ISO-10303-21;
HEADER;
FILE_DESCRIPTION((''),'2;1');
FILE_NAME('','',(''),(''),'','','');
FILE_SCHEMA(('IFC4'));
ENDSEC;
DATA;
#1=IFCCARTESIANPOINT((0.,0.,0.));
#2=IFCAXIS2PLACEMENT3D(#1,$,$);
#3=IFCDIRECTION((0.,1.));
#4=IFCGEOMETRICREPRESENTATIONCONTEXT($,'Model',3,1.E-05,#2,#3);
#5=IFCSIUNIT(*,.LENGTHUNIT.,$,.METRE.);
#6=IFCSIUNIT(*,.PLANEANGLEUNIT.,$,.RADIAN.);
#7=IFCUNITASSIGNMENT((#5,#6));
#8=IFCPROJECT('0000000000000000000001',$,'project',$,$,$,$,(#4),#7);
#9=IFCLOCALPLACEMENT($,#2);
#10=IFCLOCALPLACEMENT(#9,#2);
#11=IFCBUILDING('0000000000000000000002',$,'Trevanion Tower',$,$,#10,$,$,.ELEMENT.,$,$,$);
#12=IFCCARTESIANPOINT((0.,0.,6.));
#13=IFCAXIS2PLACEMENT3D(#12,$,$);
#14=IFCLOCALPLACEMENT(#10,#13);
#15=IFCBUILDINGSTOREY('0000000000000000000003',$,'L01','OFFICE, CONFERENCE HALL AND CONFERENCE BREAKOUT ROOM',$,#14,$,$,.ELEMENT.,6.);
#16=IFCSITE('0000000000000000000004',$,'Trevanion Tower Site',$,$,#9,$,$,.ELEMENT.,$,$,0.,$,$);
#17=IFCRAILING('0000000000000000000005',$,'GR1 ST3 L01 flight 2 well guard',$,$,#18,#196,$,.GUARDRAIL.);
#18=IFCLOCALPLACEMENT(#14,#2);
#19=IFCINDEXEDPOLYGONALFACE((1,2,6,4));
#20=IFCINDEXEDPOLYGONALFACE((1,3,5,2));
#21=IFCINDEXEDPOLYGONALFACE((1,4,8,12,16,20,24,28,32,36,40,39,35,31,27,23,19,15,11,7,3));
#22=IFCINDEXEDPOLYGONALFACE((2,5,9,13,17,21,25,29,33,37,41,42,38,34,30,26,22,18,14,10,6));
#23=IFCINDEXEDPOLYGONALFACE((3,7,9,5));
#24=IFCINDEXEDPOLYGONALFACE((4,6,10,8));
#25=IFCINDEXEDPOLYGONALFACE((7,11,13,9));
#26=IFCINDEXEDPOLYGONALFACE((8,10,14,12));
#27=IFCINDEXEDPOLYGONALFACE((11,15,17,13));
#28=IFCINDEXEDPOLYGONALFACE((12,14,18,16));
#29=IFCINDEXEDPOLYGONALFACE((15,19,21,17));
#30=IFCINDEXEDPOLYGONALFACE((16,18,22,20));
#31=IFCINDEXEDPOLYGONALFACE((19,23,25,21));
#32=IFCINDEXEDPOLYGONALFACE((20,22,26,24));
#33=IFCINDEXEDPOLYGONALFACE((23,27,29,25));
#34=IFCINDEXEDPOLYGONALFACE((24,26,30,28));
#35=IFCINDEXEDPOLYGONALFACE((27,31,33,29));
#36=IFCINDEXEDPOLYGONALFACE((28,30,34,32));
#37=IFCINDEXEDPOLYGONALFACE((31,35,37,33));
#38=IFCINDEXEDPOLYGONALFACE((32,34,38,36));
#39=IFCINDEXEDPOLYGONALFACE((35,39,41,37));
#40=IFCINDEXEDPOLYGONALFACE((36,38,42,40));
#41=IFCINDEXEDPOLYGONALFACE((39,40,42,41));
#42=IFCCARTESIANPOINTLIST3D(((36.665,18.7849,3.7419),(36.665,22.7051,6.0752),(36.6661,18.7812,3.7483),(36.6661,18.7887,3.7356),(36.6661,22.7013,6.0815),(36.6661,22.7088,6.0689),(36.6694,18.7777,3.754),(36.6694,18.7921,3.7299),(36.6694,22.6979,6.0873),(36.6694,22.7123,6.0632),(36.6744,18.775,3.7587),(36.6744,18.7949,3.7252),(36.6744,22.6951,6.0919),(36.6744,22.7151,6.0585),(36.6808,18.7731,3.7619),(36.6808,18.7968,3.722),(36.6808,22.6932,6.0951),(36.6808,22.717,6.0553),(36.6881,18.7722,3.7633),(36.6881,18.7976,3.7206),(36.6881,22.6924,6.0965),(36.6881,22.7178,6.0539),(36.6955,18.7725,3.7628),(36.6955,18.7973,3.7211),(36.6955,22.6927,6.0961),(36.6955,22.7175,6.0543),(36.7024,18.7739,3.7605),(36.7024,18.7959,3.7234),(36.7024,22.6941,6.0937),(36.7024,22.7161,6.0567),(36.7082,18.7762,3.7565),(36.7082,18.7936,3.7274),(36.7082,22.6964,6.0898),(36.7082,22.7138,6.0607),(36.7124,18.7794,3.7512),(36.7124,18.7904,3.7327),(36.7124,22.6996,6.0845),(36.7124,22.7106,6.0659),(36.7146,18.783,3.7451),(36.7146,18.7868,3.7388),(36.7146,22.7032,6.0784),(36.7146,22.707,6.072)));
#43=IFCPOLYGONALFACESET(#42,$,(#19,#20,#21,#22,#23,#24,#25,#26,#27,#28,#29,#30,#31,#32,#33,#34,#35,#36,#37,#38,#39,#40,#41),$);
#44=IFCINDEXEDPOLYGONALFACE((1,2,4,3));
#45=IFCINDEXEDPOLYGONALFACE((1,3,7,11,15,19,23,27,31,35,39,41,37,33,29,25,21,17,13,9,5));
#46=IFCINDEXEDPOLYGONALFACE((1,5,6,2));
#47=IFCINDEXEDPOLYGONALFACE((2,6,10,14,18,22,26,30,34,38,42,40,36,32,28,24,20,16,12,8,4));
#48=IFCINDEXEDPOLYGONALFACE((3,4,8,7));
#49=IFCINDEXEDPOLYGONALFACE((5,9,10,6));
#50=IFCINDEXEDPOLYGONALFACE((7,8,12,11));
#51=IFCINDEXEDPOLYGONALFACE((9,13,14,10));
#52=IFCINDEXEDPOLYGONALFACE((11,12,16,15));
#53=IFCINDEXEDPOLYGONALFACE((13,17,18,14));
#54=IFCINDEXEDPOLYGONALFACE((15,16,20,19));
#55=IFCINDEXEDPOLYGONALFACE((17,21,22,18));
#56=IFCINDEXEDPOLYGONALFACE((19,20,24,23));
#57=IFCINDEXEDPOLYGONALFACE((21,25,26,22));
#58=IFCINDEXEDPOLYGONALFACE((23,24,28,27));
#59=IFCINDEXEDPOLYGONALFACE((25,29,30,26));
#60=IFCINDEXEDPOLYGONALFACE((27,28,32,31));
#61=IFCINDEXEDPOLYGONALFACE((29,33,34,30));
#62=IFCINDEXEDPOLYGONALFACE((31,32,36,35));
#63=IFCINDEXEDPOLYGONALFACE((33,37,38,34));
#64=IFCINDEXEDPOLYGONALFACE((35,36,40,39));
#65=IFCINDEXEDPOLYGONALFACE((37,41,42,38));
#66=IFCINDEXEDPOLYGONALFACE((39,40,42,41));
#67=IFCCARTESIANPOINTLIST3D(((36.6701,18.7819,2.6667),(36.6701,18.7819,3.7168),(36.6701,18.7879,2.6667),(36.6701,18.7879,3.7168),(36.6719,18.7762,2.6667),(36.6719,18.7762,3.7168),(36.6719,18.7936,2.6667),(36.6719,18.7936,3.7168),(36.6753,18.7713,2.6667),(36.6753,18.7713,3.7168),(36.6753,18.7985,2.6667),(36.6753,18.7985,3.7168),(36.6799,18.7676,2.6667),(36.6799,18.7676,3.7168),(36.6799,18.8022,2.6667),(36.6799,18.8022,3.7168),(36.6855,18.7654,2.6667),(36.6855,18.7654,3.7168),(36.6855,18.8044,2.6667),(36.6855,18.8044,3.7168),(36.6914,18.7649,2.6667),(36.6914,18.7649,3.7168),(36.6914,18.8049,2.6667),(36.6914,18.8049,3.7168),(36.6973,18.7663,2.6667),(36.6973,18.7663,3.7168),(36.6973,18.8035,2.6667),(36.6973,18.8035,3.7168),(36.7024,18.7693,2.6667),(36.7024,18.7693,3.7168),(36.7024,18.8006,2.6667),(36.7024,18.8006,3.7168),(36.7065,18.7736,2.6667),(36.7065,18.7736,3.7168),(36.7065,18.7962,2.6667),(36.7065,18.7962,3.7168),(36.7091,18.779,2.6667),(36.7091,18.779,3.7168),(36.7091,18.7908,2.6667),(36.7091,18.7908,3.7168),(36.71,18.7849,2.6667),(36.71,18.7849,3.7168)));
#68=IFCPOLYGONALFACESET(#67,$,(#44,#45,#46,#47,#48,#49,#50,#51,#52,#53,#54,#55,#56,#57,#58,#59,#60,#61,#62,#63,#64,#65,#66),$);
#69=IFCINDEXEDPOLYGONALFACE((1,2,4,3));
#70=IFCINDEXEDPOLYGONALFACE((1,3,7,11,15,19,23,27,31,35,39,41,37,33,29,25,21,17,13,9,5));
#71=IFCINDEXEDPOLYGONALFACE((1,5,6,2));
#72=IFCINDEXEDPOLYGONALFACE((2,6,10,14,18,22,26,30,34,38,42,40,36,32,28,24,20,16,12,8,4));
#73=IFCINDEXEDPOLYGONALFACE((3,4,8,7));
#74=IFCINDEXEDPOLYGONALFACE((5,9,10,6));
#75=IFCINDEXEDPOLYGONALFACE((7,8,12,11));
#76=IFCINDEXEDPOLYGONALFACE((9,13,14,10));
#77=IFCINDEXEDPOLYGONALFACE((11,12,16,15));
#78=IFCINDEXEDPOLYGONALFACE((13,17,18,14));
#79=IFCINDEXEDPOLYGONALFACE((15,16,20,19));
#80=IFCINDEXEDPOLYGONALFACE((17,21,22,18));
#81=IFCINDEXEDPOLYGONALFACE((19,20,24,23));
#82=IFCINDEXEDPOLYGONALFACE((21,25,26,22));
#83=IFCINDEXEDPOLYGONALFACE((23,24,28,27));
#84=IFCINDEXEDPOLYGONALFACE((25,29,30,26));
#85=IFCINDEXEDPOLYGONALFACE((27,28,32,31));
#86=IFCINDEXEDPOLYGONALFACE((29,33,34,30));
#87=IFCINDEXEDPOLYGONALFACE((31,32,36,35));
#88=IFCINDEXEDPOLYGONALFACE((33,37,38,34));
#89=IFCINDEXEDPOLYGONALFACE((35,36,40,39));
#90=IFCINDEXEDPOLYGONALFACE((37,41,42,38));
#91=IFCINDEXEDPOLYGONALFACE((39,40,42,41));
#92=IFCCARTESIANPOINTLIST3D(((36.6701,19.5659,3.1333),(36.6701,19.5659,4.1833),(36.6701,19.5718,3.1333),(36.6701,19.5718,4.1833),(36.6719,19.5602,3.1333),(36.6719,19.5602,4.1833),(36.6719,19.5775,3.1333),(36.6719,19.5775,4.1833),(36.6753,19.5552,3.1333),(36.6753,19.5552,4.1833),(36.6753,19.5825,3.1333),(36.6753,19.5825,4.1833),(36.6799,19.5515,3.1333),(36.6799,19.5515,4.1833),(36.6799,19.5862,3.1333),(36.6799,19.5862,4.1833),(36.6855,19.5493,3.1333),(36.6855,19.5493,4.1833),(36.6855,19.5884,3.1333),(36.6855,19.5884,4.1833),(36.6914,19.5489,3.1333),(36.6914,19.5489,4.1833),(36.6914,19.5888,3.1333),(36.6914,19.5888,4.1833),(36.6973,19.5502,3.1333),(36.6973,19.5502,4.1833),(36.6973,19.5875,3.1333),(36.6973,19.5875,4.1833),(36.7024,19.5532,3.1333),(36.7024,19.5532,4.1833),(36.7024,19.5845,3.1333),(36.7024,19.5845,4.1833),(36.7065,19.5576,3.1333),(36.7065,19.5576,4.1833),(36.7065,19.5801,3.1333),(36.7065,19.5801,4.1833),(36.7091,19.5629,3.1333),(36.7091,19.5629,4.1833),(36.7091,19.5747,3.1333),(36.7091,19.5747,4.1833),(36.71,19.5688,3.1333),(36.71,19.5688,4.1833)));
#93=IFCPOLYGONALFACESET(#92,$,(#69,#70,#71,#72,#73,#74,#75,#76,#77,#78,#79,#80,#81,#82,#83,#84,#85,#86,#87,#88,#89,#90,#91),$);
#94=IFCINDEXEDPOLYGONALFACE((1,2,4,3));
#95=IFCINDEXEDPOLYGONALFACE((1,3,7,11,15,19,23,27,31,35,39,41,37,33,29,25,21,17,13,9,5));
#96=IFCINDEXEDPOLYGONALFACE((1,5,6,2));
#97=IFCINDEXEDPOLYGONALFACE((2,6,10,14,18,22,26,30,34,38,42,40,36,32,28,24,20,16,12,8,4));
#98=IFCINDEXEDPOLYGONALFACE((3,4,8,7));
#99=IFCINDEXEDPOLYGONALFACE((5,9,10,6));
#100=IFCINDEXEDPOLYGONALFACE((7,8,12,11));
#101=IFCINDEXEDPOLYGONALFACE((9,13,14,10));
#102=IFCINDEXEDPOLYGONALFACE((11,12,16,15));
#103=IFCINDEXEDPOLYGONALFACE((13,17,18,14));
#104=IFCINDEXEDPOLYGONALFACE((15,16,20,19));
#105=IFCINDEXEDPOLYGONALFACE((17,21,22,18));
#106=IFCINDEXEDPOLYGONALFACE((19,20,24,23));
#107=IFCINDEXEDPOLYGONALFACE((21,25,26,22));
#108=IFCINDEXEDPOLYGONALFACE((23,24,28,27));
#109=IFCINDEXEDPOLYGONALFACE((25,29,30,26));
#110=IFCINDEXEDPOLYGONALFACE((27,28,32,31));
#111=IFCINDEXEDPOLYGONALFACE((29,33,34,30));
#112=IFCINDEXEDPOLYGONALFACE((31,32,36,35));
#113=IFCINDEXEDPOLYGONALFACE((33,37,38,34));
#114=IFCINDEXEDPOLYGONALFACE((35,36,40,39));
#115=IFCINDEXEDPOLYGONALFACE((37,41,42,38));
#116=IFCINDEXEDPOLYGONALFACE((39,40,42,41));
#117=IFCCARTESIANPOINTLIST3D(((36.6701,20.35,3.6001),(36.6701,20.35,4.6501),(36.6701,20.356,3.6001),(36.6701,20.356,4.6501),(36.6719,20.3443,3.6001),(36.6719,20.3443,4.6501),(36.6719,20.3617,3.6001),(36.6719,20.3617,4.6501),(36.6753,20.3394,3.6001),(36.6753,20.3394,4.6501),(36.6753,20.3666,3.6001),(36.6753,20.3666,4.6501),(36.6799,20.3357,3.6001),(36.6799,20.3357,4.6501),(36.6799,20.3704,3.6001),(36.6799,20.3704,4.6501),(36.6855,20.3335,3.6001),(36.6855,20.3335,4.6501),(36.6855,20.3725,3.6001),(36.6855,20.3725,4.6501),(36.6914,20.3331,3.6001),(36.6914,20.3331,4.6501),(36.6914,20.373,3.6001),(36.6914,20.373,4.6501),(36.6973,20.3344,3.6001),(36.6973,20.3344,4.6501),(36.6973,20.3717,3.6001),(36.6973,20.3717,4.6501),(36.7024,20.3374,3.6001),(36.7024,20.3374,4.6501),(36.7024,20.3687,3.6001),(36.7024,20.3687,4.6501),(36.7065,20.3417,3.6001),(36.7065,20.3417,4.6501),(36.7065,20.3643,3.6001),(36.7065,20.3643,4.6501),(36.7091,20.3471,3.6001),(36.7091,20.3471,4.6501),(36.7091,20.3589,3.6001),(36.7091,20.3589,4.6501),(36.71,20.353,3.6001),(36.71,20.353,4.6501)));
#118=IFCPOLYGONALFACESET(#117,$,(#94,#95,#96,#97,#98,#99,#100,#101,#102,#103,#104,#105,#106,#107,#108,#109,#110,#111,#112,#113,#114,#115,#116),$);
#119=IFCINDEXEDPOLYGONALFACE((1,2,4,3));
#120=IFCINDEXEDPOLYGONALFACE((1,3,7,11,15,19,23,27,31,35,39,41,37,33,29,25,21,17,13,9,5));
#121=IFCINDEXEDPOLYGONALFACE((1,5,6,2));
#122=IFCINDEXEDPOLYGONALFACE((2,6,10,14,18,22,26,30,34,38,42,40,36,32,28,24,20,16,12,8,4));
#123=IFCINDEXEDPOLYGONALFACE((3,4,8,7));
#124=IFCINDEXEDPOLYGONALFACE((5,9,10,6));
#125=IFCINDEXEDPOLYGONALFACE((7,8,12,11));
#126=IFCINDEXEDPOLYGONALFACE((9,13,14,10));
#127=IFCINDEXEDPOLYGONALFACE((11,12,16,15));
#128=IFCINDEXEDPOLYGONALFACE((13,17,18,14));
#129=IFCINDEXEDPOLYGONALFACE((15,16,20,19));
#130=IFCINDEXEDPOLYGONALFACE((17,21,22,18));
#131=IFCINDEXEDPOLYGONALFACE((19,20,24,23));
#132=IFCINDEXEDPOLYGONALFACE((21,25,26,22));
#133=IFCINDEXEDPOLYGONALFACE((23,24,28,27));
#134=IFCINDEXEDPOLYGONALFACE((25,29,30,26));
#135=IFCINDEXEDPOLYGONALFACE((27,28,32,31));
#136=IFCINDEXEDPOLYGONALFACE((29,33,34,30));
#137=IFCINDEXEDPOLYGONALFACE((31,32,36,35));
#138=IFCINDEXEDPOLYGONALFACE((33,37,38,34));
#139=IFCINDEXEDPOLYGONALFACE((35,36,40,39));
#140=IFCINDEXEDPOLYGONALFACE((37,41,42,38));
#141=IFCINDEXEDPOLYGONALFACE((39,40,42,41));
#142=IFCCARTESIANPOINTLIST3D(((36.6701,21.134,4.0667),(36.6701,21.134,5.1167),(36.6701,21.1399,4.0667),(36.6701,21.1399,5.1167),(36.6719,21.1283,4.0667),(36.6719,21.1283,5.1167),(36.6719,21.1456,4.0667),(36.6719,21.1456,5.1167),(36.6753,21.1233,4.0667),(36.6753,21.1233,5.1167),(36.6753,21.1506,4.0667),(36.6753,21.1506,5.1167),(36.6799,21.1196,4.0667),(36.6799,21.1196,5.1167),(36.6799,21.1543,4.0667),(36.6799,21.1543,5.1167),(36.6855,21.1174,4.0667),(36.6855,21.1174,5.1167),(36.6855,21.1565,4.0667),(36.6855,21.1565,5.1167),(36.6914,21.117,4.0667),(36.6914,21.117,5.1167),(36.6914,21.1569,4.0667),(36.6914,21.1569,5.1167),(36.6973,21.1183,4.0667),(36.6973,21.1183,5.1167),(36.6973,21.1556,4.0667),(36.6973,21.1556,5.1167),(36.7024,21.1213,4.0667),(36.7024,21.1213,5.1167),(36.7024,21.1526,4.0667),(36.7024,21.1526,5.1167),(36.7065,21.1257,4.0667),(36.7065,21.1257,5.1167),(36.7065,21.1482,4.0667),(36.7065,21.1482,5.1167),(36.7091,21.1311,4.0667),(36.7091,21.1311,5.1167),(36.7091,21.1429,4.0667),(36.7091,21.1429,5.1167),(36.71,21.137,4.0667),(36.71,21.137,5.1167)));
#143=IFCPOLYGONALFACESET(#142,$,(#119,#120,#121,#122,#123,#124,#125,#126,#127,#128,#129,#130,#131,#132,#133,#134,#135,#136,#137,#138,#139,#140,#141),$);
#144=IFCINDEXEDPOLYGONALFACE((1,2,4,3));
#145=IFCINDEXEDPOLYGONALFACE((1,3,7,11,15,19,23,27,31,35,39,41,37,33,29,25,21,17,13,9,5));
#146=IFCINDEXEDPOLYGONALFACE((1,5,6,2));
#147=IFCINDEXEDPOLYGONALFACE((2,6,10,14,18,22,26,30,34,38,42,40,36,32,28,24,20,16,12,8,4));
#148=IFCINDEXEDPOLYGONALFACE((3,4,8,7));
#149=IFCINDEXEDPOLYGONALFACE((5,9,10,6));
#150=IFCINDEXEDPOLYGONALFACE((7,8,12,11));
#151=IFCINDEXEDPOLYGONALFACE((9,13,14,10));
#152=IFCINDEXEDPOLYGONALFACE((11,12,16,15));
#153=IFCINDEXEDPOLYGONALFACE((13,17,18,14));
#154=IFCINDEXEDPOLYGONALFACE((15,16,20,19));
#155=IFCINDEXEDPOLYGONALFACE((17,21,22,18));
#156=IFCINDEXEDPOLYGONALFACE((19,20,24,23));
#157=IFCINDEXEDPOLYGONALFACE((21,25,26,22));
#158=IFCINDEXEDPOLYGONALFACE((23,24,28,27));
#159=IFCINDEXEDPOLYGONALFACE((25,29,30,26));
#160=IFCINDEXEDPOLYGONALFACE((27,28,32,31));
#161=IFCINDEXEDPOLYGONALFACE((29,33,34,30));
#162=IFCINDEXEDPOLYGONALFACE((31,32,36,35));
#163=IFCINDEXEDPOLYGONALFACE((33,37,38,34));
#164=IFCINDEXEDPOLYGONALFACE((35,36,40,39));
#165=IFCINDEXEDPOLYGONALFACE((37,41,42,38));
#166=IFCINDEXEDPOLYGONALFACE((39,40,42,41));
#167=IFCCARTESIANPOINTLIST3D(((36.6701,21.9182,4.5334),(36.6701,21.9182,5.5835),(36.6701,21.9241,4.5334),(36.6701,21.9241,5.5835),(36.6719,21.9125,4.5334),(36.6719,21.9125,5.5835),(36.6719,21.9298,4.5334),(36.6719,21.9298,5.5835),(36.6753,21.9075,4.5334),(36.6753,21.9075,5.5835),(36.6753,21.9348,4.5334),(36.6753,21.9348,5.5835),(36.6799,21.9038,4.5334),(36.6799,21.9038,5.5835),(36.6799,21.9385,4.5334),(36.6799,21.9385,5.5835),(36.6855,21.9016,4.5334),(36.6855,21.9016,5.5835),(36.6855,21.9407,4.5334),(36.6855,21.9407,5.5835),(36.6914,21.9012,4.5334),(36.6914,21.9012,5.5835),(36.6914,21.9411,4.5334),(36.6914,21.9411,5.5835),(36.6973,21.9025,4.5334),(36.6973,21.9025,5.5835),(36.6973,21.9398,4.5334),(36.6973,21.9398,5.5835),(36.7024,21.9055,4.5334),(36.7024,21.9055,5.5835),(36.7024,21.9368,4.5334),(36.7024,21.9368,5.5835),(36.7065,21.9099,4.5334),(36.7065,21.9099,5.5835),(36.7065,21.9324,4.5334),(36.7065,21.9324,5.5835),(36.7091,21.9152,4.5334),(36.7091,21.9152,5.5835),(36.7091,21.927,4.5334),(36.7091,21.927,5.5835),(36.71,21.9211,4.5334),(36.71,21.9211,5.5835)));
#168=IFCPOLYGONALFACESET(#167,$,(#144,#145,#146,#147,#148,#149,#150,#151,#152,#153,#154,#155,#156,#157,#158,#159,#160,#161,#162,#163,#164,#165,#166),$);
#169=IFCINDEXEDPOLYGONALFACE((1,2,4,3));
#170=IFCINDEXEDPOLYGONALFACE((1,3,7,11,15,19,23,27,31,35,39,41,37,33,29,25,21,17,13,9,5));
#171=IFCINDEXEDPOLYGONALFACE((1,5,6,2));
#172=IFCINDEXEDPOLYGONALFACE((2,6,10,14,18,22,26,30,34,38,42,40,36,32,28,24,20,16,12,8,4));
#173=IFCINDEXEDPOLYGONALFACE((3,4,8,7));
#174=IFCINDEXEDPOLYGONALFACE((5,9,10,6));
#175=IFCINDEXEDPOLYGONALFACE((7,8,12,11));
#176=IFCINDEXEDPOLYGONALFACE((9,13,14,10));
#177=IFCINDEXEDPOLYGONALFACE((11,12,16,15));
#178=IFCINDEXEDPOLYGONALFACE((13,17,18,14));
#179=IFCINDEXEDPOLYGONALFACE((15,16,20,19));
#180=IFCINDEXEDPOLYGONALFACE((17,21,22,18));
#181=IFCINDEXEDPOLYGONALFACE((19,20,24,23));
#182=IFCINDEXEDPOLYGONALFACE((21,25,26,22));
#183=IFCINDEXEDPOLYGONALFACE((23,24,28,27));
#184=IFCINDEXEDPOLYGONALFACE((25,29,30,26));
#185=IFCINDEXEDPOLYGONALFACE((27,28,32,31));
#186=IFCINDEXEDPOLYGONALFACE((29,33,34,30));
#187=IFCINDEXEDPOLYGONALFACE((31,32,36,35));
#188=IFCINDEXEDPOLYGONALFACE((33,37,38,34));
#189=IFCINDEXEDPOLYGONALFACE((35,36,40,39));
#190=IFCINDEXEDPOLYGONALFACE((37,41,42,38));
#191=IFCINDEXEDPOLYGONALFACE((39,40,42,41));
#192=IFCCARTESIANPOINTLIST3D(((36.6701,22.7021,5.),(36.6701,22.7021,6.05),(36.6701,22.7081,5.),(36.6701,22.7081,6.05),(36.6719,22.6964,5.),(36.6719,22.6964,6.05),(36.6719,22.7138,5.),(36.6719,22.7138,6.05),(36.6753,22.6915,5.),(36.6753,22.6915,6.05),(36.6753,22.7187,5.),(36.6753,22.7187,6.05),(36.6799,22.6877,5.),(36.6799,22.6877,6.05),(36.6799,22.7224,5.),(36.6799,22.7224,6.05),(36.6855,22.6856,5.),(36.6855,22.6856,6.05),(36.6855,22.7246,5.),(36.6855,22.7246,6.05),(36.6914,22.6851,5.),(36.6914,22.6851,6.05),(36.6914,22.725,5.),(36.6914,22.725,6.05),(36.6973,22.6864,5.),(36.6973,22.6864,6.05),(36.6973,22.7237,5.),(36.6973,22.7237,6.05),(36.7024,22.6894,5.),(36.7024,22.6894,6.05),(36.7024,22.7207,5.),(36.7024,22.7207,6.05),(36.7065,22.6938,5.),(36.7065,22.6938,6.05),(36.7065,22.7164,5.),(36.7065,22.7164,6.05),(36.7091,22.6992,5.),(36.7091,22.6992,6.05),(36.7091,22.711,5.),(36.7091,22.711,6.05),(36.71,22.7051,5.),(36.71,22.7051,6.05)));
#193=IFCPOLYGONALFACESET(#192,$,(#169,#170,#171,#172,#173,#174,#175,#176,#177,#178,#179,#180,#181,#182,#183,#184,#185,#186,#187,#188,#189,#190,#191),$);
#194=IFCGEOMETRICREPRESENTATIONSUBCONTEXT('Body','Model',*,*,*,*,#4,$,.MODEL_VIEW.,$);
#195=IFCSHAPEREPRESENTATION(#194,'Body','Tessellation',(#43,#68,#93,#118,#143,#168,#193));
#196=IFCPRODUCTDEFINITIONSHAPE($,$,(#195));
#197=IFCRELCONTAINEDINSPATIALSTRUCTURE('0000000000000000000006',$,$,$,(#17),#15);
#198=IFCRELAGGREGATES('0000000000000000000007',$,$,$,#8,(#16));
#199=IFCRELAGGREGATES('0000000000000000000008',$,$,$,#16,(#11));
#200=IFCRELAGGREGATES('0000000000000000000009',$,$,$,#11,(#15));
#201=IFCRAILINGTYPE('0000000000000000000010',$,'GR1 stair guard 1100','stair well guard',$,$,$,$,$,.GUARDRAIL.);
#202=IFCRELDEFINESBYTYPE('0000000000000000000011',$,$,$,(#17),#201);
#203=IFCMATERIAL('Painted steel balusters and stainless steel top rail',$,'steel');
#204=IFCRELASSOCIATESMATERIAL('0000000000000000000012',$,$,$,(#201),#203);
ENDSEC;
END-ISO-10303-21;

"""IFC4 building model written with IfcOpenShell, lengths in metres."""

from ifc_helpers import new_model, si_unit, direction, frame, origin, origin_2d, place, context, subcontext, project, spatial, circle, extrude, material, type_object, element, save


model = new_model("IFC4")

# Units and contexts
model_context = context("Model", 3, precision=1e-05, world=origin(), true_north=direction((0.0, 1.0)))
body_context = subcontext(model_context, "Body", "Model", "MODEL_VIEW")
ifc_project = project(units=[si_unit("LENGTHUNIT", "METRE"), si_unit("PLANEANGLEUNIT", "RADIAN")], contexts=[model_context])

# Site, building, storey
site_placement = place(None, origin())
site = spatial("IfcSite", under=ifc_project, at=site_placement, Name="Trevanion Tower Site", CompositionType="ELEMENT", RefElevation=0.0)
building_placement = place(site_placement, origin())
building = spatial("IfcBuilding", under=site, at=building_placement, Name="Trevanion Tower", CompositionType="ELEMENT")
storey_placement = place(building_placement, frame((0.0, 0.0, 6.0)))
storey = spatial("IfcBuildingStorey", under=building, at=storey_placement, Name="L01", Description="OFFICE, CONFERENCE HALL AND CONFERENCE BREAKOUT ROOM", CompositionType="ELEMENT", Elevation=6.0)

# Railing
ifc_material_1 = material(Name="Painted steel balusters and stainless steel top rail", Category="steel")
railing_type_1 = type_object("IfcRailingType", Name="GR1 stair guard 1100", Description="stair well guard", PredefinedType="GUARDRAIL", material=ifc_material_1)
railing_1_placement = place(storey_placement, frame((36.6899, 18.7849, 2.6667)))
element("IfcRailing", 1, at=railing_1_placement, inside=storey, type_object=railing_type_1, Name="GR1 ST3 L01 flight 2 well guard", PredefinedType="GUARDRAIL", context=body_context, shape_type="SweptSolid", body=[
    extrude(circle(Radius=0.0249, at=origin_2d()), frame((0.0, 0.0, 1.0752), z_axis=(0.0, 0.85931, 0.511455), x_axis=(-1.0, 0.0, 0.0)), (0.0, 0.0, 1.0), 4.562),
    extrude(circle(Radius=0.02, at=origin_2d()), origin(), (0.0, 0.0, 1.0), 1.05),
    extrude(circle(Radius=0.02, at=origin_2d()), frame((0.0, 0.7839, 0.4666)), (0.0, 0.0, 1.0), 1.05),
    extrude(circle(Radius=0.02, at=origin_2d()), frame((0.0, 1.5681, 0.9333)), (0.0, 0.0, 1.0), 1.05),
    extrude(circle(Radius=0.02, at=origin_2d()), frame((0.0, 2.3521, 1.3999)), (0.0, 0.0, 1.0), 1.05),
    extrude(circle(Radius=0.02, at=origin_2d()), frame((0.0, 3.1362, 1.8667)), (0.0, 0.0, 1.0), 1.05),
    extrude(circle(Radius=0.02, at=origin_2d()), frame((0.0, 3.9202, 2.3333)), (0.0, 0.0, 1.0), 1.05),
])

save(model, "model.ifc")
